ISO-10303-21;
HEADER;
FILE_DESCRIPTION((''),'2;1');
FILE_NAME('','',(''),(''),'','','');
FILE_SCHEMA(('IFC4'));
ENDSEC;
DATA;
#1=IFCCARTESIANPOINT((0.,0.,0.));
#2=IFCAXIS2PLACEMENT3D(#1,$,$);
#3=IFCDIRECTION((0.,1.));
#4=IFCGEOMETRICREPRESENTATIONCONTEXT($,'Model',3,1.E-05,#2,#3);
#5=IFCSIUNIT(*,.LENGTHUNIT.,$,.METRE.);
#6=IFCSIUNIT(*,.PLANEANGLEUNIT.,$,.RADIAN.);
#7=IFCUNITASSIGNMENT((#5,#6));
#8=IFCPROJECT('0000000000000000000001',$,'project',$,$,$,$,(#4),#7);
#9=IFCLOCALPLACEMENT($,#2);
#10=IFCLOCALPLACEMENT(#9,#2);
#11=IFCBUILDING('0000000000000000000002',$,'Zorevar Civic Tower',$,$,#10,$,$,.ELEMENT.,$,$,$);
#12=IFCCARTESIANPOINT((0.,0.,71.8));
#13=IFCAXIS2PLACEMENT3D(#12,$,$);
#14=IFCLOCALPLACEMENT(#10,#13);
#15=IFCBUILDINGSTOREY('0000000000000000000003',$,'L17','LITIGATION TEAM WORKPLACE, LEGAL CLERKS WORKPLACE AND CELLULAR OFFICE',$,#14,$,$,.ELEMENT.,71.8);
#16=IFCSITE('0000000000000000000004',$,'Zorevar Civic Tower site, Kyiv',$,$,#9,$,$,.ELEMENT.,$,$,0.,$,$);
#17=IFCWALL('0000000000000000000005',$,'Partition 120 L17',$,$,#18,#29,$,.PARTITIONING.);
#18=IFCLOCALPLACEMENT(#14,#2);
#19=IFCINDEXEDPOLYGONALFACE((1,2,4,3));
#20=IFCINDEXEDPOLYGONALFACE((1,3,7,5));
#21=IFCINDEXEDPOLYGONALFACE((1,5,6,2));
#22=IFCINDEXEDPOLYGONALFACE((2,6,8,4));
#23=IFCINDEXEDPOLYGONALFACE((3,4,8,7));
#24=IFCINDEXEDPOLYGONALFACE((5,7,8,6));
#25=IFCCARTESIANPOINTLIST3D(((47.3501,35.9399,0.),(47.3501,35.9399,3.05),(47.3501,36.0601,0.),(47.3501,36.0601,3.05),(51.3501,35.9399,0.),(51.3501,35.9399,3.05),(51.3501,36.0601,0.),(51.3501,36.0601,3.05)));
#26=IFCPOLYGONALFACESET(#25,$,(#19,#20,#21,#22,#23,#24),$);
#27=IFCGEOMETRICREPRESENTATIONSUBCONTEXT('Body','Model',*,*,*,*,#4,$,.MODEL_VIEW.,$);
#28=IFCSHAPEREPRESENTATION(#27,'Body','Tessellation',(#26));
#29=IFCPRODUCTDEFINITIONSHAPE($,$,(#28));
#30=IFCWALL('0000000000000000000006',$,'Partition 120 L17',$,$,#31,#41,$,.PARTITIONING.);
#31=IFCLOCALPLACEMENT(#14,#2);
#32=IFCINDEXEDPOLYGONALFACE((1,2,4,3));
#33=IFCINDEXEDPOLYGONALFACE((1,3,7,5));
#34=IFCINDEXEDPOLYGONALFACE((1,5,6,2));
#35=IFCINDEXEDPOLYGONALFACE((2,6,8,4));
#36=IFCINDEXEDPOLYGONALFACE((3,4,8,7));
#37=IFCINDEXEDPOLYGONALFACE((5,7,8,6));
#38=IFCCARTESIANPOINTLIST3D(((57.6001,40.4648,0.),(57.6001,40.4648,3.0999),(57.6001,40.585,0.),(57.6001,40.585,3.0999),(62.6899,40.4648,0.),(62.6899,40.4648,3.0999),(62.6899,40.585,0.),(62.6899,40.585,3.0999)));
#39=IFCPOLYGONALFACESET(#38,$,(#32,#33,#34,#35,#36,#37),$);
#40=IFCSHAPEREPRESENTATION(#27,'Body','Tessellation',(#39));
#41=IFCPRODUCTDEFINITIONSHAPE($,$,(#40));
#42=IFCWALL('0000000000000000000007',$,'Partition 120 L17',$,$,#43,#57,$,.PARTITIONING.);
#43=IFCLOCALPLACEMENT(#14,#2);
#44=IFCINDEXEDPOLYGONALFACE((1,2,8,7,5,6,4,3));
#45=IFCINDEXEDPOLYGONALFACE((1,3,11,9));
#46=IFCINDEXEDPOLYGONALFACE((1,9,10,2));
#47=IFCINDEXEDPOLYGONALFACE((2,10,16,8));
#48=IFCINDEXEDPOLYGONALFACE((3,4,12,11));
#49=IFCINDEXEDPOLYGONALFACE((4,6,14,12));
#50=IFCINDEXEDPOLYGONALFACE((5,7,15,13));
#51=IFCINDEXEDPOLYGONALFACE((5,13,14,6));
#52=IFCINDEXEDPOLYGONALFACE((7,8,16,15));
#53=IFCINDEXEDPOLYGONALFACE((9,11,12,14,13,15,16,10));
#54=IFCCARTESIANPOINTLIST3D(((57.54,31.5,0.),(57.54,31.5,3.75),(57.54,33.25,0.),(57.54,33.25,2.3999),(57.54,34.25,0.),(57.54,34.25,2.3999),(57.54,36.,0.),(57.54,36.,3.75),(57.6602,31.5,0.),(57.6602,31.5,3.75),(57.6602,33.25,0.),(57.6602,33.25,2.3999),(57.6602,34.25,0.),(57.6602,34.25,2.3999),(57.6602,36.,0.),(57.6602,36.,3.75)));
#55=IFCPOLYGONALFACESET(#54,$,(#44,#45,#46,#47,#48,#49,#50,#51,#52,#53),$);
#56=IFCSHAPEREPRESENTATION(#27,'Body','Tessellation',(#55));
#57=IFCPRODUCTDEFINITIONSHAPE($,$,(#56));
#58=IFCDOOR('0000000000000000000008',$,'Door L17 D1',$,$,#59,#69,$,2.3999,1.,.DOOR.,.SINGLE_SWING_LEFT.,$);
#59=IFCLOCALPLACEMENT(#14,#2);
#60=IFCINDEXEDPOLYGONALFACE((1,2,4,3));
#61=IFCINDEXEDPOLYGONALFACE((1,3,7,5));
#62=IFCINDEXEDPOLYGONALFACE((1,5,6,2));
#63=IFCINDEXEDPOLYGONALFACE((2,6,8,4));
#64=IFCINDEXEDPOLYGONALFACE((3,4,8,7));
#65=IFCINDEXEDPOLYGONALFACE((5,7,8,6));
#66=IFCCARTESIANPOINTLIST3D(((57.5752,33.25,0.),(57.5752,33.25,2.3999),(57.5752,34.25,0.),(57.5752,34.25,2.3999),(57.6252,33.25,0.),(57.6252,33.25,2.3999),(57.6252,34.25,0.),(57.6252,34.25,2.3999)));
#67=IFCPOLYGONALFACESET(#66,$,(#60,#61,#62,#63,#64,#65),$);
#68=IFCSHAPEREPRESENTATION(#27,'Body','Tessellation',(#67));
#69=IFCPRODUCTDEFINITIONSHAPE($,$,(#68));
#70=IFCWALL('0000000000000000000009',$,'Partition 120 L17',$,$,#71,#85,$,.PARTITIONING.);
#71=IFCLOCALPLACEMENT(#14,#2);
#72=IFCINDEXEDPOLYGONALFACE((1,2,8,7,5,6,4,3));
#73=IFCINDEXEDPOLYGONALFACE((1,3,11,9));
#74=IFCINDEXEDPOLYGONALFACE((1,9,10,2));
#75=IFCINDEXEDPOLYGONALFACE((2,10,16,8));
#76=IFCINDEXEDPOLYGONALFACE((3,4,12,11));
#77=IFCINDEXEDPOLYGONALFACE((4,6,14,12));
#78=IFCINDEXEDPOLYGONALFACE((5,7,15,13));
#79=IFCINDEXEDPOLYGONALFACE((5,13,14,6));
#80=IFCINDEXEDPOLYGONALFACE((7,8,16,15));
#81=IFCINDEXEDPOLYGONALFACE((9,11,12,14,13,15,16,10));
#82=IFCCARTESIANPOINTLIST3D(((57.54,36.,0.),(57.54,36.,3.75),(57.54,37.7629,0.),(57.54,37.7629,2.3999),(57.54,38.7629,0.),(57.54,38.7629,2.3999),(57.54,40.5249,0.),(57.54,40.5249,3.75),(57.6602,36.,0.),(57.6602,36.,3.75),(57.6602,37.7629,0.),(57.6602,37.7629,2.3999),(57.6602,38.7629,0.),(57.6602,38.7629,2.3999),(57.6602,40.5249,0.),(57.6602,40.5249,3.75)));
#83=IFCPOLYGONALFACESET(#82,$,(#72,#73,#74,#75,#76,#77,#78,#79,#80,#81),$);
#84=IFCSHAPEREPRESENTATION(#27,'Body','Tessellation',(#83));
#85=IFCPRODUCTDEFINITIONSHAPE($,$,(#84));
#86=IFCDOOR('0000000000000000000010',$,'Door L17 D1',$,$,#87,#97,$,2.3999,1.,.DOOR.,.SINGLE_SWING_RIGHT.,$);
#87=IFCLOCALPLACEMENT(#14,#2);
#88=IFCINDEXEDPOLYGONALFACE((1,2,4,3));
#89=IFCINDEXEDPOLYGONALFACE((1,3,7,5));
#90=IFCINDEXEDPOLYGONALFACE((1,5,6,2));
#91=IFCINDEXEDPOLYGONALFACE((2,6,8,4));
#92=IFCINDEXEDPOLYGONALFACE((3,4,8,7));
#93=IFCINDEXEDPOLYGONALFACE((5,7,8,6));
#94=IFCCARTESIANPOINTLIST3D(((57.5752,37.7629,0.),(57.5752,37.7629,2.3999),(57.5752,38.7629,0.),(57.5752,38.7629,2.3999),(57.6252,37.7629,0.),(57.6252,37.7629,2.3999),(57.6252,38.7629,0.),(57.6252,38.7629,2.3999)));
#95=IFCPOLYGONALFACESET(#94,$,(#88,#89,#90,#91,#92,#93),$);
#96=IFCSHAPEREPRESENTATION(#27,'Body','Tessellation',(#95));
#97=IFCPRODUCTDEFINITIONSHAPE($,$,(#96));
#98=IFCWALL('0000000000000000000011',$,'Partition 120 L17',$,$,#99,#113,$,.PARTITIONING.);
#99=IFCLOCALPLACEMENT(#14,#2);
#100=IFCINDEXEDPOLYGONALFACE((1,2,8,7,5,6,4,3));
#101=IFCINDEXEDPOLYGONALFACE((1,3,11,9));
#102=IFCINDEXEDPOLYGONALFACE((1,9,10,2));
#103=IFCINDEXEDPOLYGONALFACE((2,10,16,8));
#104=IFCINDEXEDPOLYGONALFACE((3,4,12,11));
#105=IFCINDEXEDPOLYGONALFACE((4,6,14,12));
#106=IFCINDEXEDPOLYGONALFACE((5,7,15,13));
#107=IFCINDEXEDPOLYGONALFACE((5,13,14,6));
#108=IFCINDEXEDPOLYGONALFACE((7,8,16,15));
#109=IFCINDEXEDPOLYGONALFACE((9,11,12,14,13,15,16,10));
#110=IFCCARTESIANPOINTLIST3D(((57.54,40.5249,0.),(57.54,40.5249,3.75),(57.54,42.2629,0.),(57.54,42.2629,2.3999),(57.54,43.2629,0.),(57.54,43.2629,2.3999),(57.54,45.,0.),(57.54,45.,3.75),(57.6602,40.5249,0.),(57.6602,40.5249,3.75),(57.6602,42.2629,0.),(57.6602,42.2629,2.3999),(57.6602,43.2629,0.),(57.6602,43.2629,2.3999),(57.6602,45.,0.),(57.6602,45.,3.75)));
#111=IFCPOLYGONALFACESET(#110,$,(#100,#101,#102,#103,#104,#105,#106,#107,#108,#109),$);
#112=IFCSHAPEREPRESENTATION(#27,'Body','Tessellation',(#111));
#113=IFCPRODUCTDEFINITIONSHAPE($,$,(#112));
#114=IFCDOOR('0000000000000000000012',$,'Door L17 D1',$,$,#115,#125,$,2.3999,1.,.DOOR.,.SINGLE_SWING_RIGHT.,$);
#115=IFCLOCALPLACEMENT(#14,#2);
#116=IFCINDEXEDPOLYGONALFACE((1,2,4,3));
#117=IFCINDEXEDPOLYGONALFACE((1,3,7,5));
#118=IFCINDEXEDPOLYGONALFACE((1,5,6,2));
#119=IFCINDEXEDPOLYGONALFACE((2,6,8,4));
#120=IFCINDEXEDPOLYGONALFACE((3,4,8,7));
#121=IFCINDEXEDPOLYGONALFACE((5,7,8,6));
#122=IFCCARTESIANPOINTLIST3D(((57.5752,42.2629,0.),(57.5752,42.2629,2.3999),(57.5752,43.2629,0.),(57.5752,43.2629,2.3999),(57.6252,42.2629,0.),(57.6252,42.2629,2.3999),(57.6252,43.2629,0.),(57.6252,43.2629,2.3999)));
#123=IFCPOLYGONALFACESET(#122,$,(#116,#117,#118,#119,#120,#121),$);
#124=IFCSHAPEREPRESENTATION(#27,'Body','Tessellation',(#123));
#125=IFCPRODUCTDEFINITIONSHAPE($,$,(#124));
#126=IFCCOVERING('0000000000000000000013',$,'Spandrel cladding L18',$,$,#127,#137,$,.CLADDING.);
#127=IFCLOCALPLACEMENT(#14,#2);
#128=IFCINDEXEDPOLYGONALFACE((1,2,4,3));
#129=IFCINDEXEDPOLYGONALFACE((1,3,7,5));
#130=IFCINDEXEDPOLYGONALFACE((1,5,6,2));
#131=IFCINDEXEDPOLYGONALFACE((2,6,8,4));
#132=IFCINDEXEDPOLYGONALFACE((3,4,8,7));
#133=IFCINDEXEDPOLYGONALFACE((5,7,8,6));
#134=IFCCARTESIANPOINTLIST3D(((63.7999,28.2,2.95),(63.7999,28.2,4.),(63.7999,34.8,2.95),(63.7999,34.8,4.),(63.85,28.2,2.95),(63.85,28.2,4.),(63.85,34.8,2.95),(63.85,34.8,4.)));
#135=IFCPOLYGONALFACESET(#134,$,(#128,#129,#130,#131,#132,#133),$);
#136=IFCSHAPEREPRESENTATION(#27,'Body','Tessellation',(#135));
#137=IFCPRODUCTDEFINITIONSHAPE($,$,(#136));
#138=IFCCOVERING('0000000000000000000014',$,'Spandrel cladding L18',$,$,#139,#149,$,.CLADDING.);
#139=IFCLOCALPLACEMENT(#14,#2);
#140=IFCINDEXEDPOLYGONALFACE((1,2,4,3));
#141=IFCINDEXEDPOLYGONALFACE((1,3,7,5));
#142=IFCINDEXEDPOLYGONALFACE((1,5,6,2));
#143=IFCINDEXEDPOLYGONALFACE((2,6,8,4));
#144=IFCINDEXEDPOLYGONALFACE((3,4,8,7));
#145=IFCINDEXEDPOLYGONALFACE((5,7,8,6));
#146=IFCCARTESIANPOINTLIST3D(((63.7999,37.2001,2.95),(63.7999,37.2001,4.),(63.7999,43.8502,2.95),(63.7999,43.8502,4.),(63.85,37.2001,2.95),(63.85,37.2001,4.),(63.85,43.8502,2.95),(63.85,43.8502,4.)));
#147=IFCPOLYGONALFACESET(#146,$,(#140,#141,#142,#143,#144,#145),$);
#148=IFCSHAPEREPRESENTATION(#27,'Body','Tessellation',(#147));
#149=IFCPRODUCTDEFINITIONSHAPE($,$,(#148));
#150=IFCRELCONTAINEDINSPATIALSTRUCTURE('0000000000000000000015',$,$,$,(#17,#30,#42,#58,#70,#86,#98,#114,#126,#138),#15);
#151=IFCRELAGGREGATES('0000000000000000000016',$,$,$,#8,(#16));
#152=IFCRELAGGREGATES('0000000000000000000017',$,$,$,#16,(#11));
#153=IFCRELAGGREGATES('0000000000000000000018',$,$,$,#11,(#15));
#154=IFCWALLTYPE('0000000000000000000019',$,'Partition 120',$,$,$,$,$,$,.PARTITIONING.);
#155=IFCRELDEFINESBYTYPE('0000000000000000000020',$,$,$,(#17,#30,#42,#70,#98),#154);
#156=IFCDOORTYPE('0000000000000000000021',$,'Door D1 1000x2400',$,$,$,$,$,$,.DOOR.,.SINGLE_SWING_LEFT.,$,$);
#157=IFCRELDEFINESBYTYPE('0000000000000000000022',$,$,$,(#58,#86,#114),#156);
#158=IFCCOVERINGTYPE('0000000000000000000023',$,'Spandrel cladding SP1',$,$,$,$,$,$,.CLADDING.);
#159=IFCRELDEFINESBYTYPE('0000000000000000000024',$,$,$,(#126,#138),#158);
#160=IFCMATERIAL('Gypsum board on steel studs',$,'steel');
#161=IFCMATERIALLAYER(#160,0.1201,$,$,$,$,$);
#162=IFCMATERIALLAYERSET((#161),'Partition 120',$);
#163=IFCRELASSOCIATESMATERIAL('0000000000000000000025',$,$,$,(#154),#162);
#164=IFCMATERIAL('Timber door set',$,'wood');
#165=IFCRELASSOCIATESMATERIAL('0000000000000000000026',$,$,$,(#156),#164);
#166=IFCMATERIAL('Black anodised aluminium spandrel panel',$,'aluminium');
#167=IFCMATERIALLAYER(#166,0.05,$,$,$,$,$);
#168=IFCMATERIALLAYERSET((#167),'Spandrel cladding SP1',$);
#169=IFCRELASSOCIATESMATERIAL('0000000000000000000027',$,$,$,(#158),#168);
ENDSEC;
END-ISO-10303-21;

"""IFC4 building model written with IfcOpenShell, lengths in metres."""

from ifc_helpers import new_model, si_unit, direction, frame, frame_2d, origin, place, context, subcontext, project, spatial, rectangle, extrude, material, layer, layer_set, type_object, element, fill, save


model = new_model("IFC4")

# Units and contexts
model_context = context("Model", 3, precision=1e-05, world=origin(), true_north=direction((0.0, 1.0)))
body_context = subcontext(model_context, "Body", "Model", "MODEL_VIEW")
ifc_project = project(units=[si_unit("LENGTHUNIT", "METRE"), si_unit("PLANEANGLEUNIT", "RADIAN")], contexts=[model_context])

# Site, building, storey
site_placement = place(None, origin())
site = spatial("IfcSite", under=ifc_project, at=site_placement, Name="Zorevar Civic Tower site, Kyiv", CompositionType="ELEMENT", RefElevation=0.0)
building_placement = place(site_placement, origin())
building = spatial("IfcBuilding", under=site, at=building_placement, Name="Zorevar Civic Tower", CompositionType="ELEMENT")
storey_placement = place(building_placement, frame((0.0, 0.0, 71.8)))
storey = spatial("IfcBuildingStorey", under=building, at=storey_placement, Name="L17", Description="LITIGATION TEAM WORKPLACE, LEGAL CLERKS WORKPLACE AND CELLULAR OFFICE", CompositionType="ELEMENT", Elevation=71.8)

# Walls
ifc_material_1 = material(Name="Gypsum board on steel studs", Category="steel")
ifc_layer_1 = layer(ifc_material_1, 0.1201)
ifc_layer_set_1 = layer_set([ifc_layer_1], Name="Partition 120")
wall_type_1 = type_object("IfcWallType", Name="Partition 120", PredefinedType="PARTITIONING", material=ifc_layer_set_1)
wall_1_placement = place(storey_placement, frame((47.3501, 36.0, 0.0), z_axis=(0.0, 0.0, 1.0), x_axis=(1.0, 0.0, 0.0)))
element("IfcWall", 1, at=wall_1_placement, inside=storey, type_object=wall_type_1, Name="Partition 120 L17", PredefinedType="PARTITIONING", context=body_context, shape_type="SweptSolid", body=[
    extrude(rectangle(XDim=4.0, YDim=0.1201, at=frame_2d((2.0, 0.0))), origin(), (0.0, 0.0, 1.0), 3.05),
])
wall_2_placement = place(storey_placement, frame((57.6001, 40.5249, 0.0), z_axis=(0.0, 0.0, 1.0), x_axis=(1.0, 0.0, 0.0)))
element("IfcWall", 2, at=wall_2_placement, inside=storey, type_object=wall_type_1, Name="Partition 120 L17", PredefinedType="PARTITIONING", context=body_context, shape_type="SweptSolid", body=[
    extrude(rectangle(XDim=5.0898, YDim=0.1201, at=frame_2d((2.5449, 0.0))), origin(), (0.0, 0.0, 1.0), 3.0999),
])

# Walls, openings, doors
wall_3_placement = place(storey_placement, frame((57.6001, 31.5, 0.0), z_axis=(0.0, 0.0, 1.0), x_axis=(0.0, 1.0, 0.0)))
wall_3 = element("IfcWall", 3, at=wall_3_placement, inside=storey, type_object=wall_type_1, Name="Partition 120 L17", PredefinedType="PARTITIONING", context=body_context, shape_type="SweptSolid", body=[
    extrude(rectangle(XDim=4.5, YDim=0.1201, at=frame_2d((2.25, 0.0))), origin(), (0.0, 0.0, 1.0), 3.75),
])
opening_1_placement = place(wall_3_placement, frame((1.75, 0.0, 0.0)))
opening_1 = element("IfcOpeningElement", 4, at=opening_1_placement, cuts=wall_3, PredefinedType="OPENING", context=body_context, shape_type="SweptSolid", body=[
    extrude(rectangle(XDim=1.0, YDim=2.3999, at=frame_2d((0.5, 1.2))), frame((0.0, 0.0701, 0.0), z_axis=(0.0, -1.0, 0.0), x_axis=(1.0, 0.0, 0.0)), (0.0, 0.0, 1.0), 0.1401),
])
ifc_material_2 = material(Name="Timber door set", Category="wood")
door_type = type_object("IfcDoorType", Name="Door D1 1000x2400", OperationType="SINGLE_SWING_LEFT", PredefinedType="DOOR", material=ifc_material_2)
door_1_placement = place(opening_1_placement, origin())
door_1 = element("IfcDoor", 5, at=door_1_placement, inside=storey, type_object=door_type, Name="Door L17 D1", OperationType="SINGLE_SWING_LEFT", OverallHeight=2.3999, OverallWidth=1.0, PredefinedType="DOOR", context=body_context, shape_type="SweptSolid", body=[
    extrude(rectangle(XDim=1.0, YDim=2.3999, at=frame_2d((0.5, 1.2))), frame((0.0, 0.0249, 0.0), z_axis=(0.0, -1.0, 0.0), x_axis=(1.0, 0.0, 0.0)), (0.0, 0.0, 1.0), 0.05),
])
fill(opening_1, door_1)
wall_4_placement = place(storey_placement, frame((57.6001, 36.0, 0.0), z_axis=(0.0, 0.0, 1.0), x_axis=(0.0, 1.0, 0.0)))
wall_4 = element("IfcWall", 6, at=wall_4_placement, inside=storey, type_object=wall_type_1, Name="Partition 120 L17", PredefinedType="PARTITIONING", context=body_context, shape_type="SweptSolid", body=[
    extrude(rectangle(XDim=4.5249, YDim=0.1201, at=frame_2d((2.2625, 0.0))), origin(), (0.0, 0.0, 1.0), 3.75),
])
opening_2_placement = place(wall_4_placement, frame((1.7629, 0.0, 0.0)))
opening_2 = element("IfcOpeningElement", 7, at=opening_2_placement, cuts=wall_4, PredefinedType="OPENING", context=body_context, shape_type="SweptSolid", body=[
    extrude(rectangle(XDim=1.0, YDim=2.3999, at=frame_2d((0.5, 1.2))), frame((0.0, 0.0701, 0.0), z_axis=(0.0, -1.0, 0.0), x_axis=(1.0, 0.0, 0.0)), (0.0, 0.0, 1.0), 0.1401),
])
door_2_placement = place(opening_2_placement, origin())
door_2 = element("IfcDoor", 8, at=door_2_placement, inside=storey, type_object=door_type, Name="Door L17 D1", OperationType="SINGLE_SWING_RIGHT", OverallHeight=2.3999, OverallWidth=1.0, PredefinedType="DOOR", context=body_context, shape_type="SweptSolid", body=[
    extrude(rectangle(XDim=1.0, YDim=2.3999, at=frame_2d((0.5, 1.2))), frame((0.0, 0.0249, 0.0), z_axis=(0.0, -1.0, 0.0), x_axis=(1.0, 0.0, 0.0)), (0.0, 0.0, 1.0), 0.05),
])
fill(opening_2, door_2)
wall_5_placement = place(storey_placement, frame((57.6001, 40.5249, 0.0), z_axis=(0.0, 0.0, 1.0), x_axis=(0.0, 1.0, 0.0)))
wall_5 = element("IfcWall", 9, at=wall_5_placement, inside=storey, type_object=wall_type_1, Name="Partition 120 L17", PredefinedType="PARTITIONING", context=body_context, shape_type="SweptSolid", body=[
    extrude(rectangle(XDim=4.4751, YDim=0.1201, at=frame_2d((2.2375, 0.0))), origin(), (0.0, 0.0, 1.0), 3.75),
])
opening_3_placement = place(wall_5_placement, frame((1.738, 0.0, 0.0)))
opening_3 = element("IfcOpeningElement", 10, at=opening_3_placement, cuts=wall_5, PredefinedType="OPENING", context=body_context, shape_type="SweptSolid", body=[
    extrude(rectangle(XDim=1.0, YDim=2.3999, at=frame_2d((0.5, 1.2))), frame((0.0, 0.0701, 0.0), z_axis=(0.0, -1.0, 0.0), x_axis=(1.0, 0.0, 0.0)), (0.0, 0.0, 1.0), 0.1401),
])
door_3_placement = place(opening_3_placement, origin())
door_3 = element("IfcDoor", 11, at=door_3_placement, inside=storey, type_object=door_type, Name="Door L17 D1", OperationType="SINGLE_SWING_RIGHT", OverallHeight=2.3999, OverallWidth=1.0, PredefinedType="DOOR", context=body_context, shape_type="SweptSolid", body=[
    extrude(rectangle(XDim=1.0, YDim=2.3999, at=frame_2d((0.5, 1.2))), frame((0.0, 0.0249, 0.0), z_axis=(0.0, -1.0, 0.0), x_axis=(1.0, 0.0, 0.0)), (0.0, 0.0, 1.0), 0.05),
])
fill(opening_3, door_3)

# Coverings
ifc_material_3 = material(Name="Black anodised aluminium spandrel panel", Category="aluminium")
ifc_layer_2 = layer(ifc_material_3, 0.05)
ifc_layer_set_2 = layer_set([ifc_layer_2], Name="Spandrel cladding SP1")
covering_type = type_object("IfcCoveringType", Name="Spandrel cladding SP1", PredefinedType="CLADDING", material=ifc_layer_set_2)
covering_1_placement = place(storey_placement, frame((63.825, 28.2, 2.95), z_axis=(0.0, 0.0, 1.0), x_axis=(0.0, 1.0, 0.0)))
element("IfcCovering", 12, at=covering_1_placement, inside=storey, type_object=covering_type, Name="Spandrel cladding L18", PredefinedType="CLADDING", context=body_context, shape_type="SweptSolid", body=[
    extrude(rectangle(XDim=6.6001, YDim=0.05, at=frame_2d((3.3, 0.0))), origin(), (0.0, 0.0, 1.0), 1.05),
])
covering_2_placement = place(storey_placement, frame((63.825, 37.2, 2.95), z_axis=(0.0, 0.0, 1.0), x_axis=(0.0, 1.0, 0.0)))
element("IfcCovering", 13, at=covering_2_placement, inside=storey, type_object=covering_type, Name="Spandrel cladding L18", PredefinedType="CLADDING", context=body_context, shape_type="SweptSolid", body=[
    extrude(rectangle(XDim=6.6501, YDim=0.05, at=frame_2d((3.3252, 0.0))), origin(), (0.0, 0.0, 1.0), 1.05),
])

save(model, "model.ifc")
